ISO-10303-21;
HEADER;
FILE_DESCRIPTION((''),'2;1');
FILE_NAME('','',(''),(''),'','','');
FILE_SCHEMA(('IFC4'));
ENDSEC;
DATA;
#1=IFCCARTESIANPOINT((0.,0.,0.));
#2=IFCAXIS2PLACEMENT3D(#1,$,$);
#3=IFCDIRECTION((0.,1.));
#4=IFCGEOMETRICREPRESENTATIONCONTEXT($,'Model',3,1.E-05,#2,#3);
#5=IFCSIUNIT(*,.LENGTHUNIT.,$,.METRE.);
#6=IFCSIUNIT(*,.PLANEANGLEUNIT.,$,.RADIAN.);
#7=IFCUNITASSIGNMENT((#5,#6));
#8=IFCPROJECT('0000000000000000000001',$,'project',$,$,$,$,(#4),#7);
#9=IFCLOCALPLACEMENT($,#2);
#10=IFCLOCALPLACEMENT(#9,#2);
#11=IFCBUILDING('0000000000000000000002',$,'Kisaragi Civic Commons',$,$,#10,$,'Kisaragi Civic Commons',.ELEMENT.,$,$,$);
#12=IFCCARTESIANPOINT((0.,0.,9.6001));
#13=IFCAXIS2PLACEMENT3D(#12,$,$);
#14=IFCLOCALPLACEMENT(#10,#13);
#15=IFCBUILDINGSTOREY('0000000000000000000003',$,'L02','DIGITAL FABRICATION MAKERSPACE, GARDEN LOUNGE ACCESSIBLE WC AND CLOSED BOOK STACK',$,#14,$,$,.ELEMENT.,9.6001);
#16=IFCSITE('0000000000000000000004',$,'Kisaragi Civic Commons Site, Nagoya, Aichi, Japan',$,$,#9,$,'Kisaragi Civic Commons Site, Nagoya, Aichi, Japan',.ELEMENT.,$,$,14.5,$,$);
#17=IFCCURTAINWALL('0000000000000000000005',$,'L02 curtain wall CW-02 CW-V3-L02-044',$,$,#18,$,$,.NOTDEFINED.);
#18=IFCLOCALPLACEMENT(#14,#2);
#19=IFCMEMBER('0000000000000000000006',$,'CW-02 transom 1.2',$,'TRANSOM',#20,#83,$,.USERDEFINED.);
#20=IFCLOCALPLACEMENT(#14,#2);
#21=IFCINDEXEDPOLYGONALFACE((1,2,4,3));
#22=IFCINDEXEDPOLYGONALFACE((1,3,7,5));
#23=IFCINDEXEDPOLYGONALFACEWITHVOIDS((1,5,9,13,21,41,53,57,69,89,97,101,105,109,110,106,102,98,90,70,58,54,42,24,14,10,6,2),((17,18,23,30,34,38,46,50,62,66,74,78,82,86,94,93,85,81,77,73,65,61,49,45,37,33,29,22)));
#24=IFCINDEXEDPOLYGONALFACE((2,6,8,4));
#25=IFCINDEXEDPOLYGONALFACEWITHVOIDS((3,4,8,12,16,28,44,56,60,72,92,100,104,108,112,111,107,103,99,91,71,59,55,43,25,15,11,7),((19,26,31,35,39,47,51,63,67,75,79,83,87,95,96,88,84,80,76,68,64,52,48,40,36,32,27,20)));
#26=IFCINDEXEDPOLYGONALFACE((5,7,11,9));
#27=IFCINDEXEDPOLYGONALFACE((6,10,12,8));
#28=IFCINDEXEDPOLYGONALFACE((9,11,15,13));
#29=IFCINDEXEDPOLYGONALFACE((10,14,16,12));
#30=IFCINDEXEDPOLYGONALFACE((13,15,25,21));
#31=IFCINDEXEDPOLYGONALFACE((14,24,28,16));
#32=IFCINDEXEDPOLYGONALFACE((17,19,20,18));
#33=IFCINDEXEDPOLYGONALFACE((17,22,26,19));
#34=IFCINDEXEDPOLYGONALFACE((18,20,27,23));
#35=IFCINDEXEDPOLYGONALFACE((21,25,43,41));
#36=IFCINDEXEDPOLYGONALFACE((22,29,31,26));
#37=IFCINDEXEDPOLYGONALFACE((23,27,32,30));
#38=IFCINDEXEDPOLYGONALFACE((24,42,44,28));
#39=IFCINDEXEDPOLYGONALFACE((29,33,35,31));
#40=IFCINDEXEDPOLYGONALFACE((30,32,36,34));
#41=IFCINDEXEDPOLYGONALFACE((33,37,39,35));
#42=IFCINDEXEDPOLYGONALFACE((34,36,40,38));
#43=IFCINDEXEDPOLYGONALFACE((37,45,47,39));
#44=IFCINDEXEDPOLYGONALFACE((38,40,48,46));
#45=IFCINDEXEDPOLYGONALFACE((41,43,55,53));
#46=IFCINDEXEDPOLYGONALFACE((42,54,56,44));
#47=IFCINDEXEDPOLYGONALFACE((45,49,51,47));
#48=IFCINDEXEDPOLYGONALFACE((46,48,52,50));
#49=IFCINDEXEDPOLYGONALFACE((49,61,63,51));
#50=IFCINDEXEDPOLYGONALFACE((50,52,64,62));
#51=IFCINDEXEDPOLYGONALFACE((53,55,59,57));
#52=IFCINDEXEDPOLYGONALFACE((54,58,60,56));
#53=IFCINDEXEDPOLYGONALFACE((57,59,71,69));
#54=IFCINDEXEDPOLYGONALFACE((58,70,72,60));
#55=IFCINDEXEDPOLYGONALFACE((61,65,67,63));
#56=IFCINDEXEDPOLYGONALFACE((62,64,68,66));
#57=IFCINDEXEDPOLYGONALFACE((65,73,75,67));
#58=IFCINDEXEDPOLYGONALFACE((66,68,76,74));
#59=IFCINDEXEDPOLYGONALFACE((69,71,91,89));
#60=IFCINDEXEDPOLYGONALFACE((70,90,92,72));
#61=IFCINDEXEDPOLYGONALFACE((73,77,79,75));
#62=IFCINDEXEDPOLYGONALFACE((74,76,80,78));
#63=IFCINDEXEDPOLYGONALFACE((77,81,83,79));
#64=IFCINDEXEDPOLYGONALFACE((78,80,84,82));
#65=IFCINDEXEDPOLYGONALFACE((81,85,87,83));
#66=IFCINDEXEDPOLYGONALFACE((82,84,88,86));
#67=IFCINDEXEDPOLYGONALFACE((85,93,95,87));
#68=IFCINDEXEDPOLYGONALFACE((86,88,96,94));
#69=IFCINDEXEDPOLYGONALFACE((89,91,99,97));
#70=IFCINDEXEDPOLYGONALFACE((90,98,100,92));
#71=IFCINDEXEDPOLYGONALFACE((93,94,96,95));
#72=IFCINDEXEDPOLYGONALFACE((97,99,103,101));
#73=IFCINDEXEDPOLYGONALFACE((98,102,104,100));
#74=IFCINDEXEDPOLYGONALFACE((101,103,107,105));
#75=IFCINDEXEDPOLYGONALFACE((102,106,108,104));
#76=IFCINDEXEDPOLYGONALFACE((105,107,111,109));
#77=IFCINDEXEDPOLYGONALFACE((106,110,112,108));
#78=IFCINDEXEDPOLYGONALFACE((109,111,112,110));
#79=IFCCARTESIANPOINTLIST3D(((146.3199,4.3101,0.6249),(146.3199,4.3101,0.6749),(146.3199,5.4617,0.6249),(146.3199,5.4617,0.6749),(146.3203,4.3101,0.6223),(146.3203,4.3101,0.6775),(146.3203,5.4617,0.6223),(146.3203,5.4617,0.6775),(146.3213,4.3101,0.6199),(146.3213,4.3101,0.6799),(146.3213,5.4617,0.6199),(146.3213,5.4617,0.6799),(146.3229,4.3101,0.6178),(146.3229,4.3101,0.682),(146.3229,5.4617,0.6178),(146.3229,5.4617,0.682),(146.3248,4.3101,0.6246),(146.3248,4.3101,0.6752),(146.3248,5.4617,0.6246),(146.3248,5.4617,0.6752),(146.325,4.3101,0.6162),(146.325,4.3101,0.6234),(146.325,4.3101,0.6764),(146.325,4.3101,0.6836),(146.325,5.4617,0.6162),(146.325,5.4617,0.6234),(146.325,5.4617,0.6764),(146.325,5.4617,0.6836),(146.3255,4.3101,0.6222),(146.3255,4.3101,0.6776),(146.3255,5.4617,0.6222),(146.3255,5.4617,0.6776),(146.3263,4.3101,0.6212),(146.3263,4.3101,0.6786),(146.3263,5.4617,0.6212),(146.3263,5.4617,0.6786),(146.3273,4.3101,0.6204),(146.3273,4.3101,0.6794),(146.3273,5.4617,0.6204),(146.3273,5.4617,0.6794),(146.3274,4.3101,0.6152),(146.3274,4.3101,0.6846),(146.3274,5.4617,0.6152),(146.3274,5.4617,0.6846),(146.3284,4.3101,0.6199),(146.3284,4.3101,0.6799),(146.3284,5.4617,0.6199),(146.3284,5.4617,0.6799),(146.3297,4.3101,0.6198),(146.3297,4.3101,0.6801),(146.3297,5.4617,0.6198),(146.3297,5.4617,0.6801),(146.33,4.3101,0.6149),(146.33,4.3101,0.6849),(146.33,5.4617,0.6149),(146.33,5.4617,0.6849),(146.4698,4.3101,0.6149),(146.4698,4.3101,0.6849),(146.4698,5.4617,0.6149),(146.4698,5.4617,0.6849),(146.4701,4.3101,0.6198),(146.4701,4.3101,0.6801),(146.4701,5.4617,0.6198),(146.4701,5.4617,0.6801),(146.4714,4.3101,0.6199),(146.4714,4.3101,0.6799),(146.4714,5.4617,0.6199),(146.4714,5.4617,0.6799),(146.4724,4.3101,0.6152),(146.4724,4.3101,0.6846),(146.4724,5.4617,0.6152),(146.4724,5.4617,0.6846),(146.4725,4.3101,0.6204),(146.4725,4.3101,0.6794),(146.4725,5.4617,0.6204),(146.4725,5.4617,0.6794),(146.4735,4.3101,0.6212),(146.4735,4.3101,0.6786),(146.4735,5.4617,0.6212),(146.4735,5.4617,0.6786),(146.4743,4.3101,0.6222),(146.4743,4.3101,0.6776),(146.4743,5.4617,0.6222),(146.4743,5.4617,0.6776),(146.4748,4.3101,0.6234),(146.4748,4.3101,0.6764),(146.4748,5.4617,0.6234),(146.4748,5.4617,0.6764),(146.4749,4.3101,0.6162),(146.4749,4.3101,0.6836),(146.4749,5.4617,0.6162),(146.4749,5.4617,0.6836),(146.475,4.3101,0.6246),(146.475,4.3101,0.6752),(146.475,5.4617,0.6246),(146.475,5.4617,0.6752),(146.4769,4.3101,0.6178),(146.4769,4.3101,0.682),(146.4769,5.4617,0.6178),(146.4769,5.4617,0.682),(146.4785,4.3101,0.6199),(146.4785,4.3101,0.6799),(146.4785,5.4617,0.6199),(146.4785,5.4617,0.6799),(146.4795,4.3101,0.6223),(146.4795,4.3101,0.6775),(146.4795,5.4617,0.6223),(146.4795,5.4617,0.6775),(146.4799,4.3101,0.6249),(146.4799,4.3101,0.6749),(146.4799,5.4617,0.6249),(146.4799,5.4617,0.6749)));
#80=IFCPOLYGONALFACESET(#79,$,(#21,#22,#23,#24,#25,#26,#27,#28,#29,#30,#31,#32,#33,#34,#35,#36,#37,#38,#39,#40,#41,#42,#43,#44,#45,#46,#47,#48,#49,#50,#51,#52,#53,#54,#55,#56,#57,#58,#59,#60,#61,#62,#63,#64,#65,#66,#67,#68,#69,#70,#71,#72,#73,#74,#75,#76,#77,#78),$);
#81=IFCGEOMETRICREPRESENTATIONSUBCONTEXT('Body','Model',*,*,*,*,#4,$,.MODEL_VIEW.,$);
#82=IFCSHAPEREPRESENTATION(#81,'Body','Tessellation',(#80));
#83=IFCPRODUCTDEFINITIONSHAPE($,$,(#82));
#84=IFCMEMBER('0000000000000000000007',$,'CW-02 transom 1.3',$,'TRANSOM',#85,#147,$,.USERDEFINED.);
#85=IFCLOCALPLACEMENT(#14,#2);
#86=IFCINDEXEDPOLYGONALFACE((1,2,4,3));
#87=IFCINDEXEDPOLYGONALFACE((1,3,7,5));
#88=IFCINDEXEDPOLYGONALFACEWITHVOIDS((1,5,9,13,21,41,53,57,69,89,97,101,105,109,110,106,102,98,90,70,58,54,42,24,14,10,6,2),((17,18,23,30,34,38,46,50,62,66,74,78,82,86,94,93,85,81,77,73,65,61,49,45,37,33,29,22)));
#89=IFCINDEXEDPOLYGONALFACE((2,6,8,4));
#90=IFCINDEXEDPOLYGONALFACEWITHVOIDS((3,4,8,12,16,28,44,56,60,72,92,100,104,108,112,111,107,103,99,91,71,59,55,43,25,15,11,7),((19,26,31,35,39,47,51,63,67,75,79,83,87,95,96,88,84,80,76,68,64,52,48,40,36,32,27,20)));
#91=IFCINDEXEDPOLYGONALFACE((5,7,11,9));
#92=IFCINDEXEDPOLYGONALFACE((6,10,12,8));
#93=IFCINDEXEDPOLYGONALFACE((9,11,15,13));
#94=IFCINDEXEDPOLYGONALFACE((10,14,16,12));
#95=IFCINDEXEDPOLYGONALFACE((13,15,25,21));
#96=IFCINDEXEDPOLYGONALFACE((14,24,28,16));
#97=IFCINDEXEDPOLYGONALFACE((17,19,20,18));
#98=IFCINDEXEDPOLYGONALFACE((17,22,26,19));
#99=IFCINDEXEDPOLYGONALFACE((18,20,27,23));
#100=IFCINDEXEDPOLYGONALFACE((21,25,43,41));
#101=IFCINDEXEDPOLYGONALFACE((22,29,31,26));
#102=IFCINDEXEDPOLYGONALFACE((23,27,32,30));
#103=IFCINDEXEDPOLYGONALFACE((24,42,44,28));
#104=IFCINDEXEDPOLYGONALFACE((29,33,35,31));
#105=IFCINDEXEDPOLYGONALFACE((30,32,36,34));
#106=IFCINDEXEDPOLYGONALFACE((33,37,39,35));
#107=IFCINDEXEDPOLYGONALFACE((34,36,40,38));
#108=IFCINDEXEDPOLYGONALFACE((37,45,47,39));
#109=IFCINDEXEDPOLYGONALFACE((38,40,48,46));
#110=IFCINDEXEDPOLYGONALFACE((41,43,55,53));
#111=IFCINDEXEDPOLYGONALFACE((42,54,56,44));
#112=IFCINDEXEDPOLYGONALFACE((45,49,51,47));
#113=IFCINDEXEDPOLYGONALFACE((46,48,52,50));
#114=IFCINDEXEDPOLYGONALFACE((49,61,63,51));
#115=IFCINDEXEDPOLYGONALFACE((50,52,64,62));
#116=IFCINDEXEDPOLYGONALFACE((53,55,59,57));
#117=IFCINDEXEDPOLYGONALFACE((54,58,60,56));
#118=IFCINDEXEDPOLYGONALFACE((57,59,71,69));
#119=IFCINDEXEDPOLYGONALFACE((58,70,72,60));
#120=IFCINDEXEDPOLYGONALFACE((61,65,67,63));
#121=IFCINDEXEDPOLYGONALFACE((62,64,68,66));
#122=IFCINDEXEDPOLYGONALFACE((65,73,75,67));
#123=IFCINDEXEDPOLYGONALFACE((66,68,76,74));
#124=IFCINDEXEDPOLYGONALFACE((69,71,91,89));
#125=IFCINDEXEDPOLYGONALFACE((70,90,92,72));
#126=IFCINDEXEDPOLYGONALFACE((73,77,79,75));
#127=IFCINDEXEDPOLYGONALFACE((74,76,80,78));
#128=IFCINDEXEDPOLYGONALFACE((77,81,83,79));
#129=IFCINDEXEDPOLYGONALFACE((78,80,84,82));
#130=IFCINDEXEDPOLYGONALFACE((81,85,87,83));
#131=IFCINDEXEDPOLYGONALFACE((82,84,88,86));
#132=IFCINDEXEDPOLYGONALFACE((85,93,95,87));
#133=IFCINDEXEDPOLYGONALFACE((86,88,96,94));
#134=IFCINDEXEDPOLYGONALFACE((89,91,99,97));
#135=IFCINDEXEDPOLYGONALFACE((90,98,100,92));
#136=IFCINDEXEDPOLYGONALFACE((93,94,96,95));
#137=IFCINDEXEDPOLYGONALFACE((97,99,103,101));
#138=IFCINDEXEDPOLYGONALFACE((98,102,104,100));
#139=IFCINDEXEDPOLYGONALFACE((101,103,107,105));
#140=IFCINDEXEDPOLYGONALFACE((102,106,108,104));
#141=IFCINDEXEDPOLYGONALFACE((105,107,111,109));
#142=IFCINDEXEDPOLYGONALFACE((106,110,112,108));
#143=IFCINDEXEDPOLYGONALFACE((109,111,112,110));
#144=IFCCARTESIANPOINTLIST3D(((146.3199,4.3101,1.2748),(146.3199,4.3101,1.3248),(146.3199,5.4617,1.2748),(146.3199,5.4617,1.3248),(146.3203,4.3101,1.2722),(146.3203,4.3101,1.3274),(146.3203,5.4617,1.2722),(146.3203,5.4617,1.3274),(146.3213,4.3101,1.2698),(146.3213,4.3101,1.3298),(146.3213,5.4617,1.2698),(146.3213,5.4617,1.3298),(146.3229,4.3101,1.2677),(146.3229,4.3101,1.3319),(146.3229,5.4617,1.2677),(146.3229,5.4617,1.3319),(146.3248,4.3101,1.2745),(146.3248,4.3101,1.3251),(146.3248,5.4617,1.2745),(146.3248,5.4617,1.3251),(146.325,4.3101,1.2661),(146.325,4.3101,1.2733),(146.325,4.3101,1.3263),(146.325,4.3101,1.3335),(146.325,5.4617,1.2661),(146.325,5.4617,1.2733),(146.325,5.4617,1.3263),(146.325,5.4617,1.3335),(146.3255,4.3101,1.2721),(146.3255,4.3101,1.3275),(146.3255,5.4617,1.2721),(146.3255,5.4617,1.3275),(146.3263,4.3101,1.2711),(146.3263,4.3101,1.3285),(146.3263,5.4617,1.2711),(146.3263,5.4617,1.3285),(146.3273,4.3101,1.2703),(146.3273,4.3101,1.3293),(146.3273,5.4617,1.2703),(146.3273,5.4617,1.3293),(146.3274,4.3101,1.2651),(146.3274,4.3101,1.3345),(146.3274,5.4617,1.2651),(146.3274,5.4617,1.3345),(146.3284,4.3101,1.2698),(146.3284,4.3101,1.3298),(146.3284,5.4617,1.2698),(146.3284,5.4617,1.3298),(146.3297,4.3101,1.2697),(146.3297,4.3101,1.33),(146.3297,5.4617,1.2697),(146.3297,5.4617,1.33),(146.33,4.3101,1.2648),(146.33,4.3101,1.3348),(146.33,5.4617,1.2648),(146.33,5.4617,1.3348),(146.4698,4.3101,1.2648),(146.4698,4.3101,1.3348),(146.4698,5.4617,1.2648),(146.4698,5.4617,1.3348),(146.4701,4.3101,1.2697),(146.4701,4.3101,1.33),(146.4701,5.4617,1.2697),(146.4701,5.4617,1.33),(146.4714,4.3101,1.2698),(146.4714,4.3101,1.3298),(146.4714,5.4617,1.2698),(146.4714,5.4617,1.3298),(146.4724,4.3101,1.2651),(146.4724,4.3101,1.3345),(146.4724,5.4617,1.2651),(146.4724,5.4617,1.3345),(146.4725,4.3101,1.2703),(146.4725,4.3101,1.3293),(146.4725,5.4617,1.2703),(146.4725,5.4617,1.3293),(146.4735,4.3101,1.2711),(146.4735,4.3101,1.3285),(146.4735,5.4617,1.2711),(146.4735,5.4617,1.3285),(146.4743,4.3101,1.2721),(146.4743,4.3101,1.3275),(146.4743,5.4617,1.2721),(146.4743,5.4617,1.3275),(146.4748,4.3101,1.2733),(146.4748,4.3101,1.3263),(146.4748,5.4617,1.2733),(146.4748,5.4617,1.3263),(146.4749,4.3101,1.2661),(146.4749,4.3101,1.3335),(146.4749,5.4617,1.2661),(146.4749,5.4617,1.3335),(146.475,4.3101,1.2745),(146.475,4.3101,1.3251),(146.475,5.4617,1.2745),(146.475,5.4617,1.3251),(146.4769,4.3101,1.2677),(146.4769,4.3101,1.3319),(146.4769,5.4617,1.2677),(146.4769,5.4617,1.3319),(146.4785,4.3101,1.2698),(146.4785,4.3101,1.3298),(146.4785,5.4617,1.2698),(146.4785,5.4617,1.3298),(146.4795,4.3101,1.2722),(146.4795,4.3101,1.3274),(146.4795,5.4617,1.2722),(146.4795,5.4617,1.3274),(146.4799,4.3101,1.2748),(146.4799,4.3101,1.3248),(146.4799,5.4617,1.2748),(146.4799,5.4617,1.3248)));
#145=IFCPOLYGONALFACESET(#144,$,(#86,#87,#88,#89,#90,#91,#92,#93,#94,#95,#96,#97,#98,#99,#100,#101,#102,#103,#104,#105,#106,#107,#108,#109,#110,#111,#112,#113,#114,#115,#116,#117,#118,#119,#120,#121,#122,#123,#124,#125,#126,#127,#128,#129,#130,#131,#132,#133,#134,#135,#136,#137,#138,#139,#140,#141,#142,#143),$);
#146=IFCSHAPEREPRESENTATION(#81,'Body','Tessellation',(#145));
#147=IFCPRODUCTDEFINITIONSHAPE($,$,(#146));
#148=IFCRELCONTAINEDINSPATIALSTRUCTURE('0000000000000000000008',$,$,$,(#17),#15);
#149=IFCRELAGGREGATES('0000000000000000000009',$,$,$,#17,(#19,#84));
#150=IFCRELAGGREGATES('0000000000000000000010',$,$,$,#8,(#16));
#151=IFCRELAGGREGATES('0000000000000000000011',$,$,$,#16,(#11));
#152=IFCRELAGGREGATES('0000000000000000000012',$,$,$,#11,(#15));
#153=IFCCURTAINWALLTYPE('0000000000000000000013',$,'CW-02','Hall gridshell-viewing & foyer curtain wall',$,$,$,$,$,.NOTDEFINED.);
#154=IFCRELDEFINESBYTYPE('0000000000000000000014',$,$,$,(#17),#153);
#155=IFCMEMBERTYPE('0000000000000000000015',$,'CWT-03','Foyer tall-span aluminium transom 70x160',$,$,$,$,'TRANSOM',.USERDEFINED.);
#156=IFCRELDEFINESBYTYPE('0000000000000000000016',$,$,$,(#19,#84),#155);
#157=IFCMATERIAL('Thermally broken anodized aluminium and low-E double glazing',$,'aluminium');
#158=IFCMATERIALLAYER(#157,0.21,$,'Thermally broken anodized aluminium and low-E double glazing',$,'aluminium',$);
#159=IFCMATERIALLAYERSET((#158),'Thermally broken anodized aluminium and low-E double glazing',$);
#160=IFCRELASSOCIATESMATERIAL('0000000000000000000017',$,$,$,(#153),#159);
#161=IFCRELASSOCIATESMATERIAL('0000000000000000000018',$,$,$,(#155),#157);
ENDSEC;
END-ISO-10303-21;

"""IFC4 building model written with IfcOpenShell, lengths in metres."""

from ifc_helpers import new_model, si_unit, direction, frame, origin, origin_2d, place, context, subcontext, project, spatial, hollow_rectangle, extrude, material, layer, layer_set, material_profile, profile_set, type_object, element, aggregate, save


model = new_model("IFC4")

# Units and contexts
model_context = context("Model", 3, precision=1e-05, world=origin(), true_north=direction((0.0, 1.0)))
body_context = subcontext(model_context, "Body", "Model", "MODEL_VIEW")
ifc_project = project(units=[si_unit("LENGTHUNIT", "METRE"), si_unit("PLANEANGLEUNIT", "RADIAN")], contexts=[model_context])

# Site, building, storey
site_placement = place(None, origin())
site = spatial("IfcSite", under=ifc_project, at=site_placement, Name="Kisaragi Civic Commons Site, Nagoya, Aichi, Japan", LongName="Kisaragi Civic Commons Site, Nagoya, Aichi, Japan", CompositionType="ELEMENT", RefElevation=14.5)
building_placement = place(site_placement, origin())
building = spatial("IfcBuilding", under=site, at=building_placement, Name="Kisaragi Civic Commons", LongName="Kisaragi Civic Commons", CompositionType="ELEMENT")
storey_placement = place(building_placement, frame((0.0, 0.0, 9.6001)))
storey = spatial("IfcBuildingStorey", under=building, at=storey_placement, Name="L02", Description="DIGITAL FABRICATION MAKERSPACE, GARDEN LOUNGE ACCESSIBLE WC AND CLOSED BOOK STACK", CompositionType="ELEMENT", Elevation=9.6001)

# Shared definitions
ifc_material_1 = material(Name="Thermally broken anodized aluminium and low-E double glazing", Category="aluminium")
ifc_layer_1 = layer(ifc_material_1, 0.21, Name="Thermally broken anodized aluminium and low-E double glazing", Category="aluminium")
ifc_layer_set_1 = layer_set([ifc_layer_1], Name="Thermally broken anodized aluminium and low-E double glazing")
curtain_wall_type = type_object("IfcCurtainWallType", Name="CW-02", Description="Hall gridshell-viewing & foyer curtain wall", PredefinedType="NOTDEFINED", material=ifc_layer_set_1)

# Curtain wall
curtain_wall_1_placement = place(storey_placement, origin())
curtain_wall_1 = element("IfcCurtainWall", 1, at=curtain_wall_1_placement, inside=storey, type_object=curtain_wall_type, Name="L02 curtain wall CW-02 CW-V3-L02-044", PredefinedType="NOTDEFINED")

# Members
ifc_material_profile_1 = material_profile(ifc_material_1, hollow_rectangle(XDim=0.1599, YDim=0.0701, WallThickness=0.0049, InnerFilletRadius=0.0049, OuterFilletRadius=0.01, at=origin_2d()), Name="CWT-70x160x5", Category="aluminium")
ifc_profile_set_1 = profile_set([ifc_material_profile_1], Name="Thermally broken anodized aluminium and low-E double glazing")
member_type_1 = type_object("IfcMemberType", Name="CWT-03", Description="Foyer tall-span aluminium transom 70x160", ElementType="TRANSOM", PredefinedType="USERDEFINED", material=ifc_profile_set_1)
member_1_placement = place(storey_placement, frame((146.3999, 4.3101, 0.6499), z_axis=(0.0, 1.0, 0.0), x_axis=(-1.0, 0.0, 0.0)))
member_1 = element("IfcMember", 2, at=member_1_placement, type_object=member_type_1, Name="CW-02 transom 1.2", ObjectType="TRANSOM", PredefinedType="USERDEFINED", context=body_context, shape_type="SweptSolid", body=[
    extrude(hollow_rectangle(XDim=0.1599, YDim=0.0701, WallThickness=0.0049, InnerFilletRadius=0.0049, OuterFilletRadius=0.01, at=origin_2d()), origin(), (0.0, 0.0, 1.0), 1.1516),
])
member_2_placement = place(storey_placement, frame((146.3999, 4.3101, 1.2998), z_axis=(0.0, 1.0, 0.0), x_axis=(-1.0, 0.0, 0.0)))
member_2 = element("IfcMember", 3, at=member_2_placement, type_object=member_type_1, Name="CW-02 transom 1.3", ObjectType="TRANSOM", PredefinedType="USERDEFINED", context=body_context, shape_type="SweptSolid", body=[
    extrude(hollow_rectangle(XDim=0.1599, YDim=0.0701, WallThickness=0.0049, InnerFilletRadius=0.0049, OuterFilletRadius=0.01, at=origin_2d()), origin(), (0.0, 0.0, 1.0), 1.1516),
])
aggregate(curtain_wall_1, [member_1, member_2])

save(model, "model.ifc")
